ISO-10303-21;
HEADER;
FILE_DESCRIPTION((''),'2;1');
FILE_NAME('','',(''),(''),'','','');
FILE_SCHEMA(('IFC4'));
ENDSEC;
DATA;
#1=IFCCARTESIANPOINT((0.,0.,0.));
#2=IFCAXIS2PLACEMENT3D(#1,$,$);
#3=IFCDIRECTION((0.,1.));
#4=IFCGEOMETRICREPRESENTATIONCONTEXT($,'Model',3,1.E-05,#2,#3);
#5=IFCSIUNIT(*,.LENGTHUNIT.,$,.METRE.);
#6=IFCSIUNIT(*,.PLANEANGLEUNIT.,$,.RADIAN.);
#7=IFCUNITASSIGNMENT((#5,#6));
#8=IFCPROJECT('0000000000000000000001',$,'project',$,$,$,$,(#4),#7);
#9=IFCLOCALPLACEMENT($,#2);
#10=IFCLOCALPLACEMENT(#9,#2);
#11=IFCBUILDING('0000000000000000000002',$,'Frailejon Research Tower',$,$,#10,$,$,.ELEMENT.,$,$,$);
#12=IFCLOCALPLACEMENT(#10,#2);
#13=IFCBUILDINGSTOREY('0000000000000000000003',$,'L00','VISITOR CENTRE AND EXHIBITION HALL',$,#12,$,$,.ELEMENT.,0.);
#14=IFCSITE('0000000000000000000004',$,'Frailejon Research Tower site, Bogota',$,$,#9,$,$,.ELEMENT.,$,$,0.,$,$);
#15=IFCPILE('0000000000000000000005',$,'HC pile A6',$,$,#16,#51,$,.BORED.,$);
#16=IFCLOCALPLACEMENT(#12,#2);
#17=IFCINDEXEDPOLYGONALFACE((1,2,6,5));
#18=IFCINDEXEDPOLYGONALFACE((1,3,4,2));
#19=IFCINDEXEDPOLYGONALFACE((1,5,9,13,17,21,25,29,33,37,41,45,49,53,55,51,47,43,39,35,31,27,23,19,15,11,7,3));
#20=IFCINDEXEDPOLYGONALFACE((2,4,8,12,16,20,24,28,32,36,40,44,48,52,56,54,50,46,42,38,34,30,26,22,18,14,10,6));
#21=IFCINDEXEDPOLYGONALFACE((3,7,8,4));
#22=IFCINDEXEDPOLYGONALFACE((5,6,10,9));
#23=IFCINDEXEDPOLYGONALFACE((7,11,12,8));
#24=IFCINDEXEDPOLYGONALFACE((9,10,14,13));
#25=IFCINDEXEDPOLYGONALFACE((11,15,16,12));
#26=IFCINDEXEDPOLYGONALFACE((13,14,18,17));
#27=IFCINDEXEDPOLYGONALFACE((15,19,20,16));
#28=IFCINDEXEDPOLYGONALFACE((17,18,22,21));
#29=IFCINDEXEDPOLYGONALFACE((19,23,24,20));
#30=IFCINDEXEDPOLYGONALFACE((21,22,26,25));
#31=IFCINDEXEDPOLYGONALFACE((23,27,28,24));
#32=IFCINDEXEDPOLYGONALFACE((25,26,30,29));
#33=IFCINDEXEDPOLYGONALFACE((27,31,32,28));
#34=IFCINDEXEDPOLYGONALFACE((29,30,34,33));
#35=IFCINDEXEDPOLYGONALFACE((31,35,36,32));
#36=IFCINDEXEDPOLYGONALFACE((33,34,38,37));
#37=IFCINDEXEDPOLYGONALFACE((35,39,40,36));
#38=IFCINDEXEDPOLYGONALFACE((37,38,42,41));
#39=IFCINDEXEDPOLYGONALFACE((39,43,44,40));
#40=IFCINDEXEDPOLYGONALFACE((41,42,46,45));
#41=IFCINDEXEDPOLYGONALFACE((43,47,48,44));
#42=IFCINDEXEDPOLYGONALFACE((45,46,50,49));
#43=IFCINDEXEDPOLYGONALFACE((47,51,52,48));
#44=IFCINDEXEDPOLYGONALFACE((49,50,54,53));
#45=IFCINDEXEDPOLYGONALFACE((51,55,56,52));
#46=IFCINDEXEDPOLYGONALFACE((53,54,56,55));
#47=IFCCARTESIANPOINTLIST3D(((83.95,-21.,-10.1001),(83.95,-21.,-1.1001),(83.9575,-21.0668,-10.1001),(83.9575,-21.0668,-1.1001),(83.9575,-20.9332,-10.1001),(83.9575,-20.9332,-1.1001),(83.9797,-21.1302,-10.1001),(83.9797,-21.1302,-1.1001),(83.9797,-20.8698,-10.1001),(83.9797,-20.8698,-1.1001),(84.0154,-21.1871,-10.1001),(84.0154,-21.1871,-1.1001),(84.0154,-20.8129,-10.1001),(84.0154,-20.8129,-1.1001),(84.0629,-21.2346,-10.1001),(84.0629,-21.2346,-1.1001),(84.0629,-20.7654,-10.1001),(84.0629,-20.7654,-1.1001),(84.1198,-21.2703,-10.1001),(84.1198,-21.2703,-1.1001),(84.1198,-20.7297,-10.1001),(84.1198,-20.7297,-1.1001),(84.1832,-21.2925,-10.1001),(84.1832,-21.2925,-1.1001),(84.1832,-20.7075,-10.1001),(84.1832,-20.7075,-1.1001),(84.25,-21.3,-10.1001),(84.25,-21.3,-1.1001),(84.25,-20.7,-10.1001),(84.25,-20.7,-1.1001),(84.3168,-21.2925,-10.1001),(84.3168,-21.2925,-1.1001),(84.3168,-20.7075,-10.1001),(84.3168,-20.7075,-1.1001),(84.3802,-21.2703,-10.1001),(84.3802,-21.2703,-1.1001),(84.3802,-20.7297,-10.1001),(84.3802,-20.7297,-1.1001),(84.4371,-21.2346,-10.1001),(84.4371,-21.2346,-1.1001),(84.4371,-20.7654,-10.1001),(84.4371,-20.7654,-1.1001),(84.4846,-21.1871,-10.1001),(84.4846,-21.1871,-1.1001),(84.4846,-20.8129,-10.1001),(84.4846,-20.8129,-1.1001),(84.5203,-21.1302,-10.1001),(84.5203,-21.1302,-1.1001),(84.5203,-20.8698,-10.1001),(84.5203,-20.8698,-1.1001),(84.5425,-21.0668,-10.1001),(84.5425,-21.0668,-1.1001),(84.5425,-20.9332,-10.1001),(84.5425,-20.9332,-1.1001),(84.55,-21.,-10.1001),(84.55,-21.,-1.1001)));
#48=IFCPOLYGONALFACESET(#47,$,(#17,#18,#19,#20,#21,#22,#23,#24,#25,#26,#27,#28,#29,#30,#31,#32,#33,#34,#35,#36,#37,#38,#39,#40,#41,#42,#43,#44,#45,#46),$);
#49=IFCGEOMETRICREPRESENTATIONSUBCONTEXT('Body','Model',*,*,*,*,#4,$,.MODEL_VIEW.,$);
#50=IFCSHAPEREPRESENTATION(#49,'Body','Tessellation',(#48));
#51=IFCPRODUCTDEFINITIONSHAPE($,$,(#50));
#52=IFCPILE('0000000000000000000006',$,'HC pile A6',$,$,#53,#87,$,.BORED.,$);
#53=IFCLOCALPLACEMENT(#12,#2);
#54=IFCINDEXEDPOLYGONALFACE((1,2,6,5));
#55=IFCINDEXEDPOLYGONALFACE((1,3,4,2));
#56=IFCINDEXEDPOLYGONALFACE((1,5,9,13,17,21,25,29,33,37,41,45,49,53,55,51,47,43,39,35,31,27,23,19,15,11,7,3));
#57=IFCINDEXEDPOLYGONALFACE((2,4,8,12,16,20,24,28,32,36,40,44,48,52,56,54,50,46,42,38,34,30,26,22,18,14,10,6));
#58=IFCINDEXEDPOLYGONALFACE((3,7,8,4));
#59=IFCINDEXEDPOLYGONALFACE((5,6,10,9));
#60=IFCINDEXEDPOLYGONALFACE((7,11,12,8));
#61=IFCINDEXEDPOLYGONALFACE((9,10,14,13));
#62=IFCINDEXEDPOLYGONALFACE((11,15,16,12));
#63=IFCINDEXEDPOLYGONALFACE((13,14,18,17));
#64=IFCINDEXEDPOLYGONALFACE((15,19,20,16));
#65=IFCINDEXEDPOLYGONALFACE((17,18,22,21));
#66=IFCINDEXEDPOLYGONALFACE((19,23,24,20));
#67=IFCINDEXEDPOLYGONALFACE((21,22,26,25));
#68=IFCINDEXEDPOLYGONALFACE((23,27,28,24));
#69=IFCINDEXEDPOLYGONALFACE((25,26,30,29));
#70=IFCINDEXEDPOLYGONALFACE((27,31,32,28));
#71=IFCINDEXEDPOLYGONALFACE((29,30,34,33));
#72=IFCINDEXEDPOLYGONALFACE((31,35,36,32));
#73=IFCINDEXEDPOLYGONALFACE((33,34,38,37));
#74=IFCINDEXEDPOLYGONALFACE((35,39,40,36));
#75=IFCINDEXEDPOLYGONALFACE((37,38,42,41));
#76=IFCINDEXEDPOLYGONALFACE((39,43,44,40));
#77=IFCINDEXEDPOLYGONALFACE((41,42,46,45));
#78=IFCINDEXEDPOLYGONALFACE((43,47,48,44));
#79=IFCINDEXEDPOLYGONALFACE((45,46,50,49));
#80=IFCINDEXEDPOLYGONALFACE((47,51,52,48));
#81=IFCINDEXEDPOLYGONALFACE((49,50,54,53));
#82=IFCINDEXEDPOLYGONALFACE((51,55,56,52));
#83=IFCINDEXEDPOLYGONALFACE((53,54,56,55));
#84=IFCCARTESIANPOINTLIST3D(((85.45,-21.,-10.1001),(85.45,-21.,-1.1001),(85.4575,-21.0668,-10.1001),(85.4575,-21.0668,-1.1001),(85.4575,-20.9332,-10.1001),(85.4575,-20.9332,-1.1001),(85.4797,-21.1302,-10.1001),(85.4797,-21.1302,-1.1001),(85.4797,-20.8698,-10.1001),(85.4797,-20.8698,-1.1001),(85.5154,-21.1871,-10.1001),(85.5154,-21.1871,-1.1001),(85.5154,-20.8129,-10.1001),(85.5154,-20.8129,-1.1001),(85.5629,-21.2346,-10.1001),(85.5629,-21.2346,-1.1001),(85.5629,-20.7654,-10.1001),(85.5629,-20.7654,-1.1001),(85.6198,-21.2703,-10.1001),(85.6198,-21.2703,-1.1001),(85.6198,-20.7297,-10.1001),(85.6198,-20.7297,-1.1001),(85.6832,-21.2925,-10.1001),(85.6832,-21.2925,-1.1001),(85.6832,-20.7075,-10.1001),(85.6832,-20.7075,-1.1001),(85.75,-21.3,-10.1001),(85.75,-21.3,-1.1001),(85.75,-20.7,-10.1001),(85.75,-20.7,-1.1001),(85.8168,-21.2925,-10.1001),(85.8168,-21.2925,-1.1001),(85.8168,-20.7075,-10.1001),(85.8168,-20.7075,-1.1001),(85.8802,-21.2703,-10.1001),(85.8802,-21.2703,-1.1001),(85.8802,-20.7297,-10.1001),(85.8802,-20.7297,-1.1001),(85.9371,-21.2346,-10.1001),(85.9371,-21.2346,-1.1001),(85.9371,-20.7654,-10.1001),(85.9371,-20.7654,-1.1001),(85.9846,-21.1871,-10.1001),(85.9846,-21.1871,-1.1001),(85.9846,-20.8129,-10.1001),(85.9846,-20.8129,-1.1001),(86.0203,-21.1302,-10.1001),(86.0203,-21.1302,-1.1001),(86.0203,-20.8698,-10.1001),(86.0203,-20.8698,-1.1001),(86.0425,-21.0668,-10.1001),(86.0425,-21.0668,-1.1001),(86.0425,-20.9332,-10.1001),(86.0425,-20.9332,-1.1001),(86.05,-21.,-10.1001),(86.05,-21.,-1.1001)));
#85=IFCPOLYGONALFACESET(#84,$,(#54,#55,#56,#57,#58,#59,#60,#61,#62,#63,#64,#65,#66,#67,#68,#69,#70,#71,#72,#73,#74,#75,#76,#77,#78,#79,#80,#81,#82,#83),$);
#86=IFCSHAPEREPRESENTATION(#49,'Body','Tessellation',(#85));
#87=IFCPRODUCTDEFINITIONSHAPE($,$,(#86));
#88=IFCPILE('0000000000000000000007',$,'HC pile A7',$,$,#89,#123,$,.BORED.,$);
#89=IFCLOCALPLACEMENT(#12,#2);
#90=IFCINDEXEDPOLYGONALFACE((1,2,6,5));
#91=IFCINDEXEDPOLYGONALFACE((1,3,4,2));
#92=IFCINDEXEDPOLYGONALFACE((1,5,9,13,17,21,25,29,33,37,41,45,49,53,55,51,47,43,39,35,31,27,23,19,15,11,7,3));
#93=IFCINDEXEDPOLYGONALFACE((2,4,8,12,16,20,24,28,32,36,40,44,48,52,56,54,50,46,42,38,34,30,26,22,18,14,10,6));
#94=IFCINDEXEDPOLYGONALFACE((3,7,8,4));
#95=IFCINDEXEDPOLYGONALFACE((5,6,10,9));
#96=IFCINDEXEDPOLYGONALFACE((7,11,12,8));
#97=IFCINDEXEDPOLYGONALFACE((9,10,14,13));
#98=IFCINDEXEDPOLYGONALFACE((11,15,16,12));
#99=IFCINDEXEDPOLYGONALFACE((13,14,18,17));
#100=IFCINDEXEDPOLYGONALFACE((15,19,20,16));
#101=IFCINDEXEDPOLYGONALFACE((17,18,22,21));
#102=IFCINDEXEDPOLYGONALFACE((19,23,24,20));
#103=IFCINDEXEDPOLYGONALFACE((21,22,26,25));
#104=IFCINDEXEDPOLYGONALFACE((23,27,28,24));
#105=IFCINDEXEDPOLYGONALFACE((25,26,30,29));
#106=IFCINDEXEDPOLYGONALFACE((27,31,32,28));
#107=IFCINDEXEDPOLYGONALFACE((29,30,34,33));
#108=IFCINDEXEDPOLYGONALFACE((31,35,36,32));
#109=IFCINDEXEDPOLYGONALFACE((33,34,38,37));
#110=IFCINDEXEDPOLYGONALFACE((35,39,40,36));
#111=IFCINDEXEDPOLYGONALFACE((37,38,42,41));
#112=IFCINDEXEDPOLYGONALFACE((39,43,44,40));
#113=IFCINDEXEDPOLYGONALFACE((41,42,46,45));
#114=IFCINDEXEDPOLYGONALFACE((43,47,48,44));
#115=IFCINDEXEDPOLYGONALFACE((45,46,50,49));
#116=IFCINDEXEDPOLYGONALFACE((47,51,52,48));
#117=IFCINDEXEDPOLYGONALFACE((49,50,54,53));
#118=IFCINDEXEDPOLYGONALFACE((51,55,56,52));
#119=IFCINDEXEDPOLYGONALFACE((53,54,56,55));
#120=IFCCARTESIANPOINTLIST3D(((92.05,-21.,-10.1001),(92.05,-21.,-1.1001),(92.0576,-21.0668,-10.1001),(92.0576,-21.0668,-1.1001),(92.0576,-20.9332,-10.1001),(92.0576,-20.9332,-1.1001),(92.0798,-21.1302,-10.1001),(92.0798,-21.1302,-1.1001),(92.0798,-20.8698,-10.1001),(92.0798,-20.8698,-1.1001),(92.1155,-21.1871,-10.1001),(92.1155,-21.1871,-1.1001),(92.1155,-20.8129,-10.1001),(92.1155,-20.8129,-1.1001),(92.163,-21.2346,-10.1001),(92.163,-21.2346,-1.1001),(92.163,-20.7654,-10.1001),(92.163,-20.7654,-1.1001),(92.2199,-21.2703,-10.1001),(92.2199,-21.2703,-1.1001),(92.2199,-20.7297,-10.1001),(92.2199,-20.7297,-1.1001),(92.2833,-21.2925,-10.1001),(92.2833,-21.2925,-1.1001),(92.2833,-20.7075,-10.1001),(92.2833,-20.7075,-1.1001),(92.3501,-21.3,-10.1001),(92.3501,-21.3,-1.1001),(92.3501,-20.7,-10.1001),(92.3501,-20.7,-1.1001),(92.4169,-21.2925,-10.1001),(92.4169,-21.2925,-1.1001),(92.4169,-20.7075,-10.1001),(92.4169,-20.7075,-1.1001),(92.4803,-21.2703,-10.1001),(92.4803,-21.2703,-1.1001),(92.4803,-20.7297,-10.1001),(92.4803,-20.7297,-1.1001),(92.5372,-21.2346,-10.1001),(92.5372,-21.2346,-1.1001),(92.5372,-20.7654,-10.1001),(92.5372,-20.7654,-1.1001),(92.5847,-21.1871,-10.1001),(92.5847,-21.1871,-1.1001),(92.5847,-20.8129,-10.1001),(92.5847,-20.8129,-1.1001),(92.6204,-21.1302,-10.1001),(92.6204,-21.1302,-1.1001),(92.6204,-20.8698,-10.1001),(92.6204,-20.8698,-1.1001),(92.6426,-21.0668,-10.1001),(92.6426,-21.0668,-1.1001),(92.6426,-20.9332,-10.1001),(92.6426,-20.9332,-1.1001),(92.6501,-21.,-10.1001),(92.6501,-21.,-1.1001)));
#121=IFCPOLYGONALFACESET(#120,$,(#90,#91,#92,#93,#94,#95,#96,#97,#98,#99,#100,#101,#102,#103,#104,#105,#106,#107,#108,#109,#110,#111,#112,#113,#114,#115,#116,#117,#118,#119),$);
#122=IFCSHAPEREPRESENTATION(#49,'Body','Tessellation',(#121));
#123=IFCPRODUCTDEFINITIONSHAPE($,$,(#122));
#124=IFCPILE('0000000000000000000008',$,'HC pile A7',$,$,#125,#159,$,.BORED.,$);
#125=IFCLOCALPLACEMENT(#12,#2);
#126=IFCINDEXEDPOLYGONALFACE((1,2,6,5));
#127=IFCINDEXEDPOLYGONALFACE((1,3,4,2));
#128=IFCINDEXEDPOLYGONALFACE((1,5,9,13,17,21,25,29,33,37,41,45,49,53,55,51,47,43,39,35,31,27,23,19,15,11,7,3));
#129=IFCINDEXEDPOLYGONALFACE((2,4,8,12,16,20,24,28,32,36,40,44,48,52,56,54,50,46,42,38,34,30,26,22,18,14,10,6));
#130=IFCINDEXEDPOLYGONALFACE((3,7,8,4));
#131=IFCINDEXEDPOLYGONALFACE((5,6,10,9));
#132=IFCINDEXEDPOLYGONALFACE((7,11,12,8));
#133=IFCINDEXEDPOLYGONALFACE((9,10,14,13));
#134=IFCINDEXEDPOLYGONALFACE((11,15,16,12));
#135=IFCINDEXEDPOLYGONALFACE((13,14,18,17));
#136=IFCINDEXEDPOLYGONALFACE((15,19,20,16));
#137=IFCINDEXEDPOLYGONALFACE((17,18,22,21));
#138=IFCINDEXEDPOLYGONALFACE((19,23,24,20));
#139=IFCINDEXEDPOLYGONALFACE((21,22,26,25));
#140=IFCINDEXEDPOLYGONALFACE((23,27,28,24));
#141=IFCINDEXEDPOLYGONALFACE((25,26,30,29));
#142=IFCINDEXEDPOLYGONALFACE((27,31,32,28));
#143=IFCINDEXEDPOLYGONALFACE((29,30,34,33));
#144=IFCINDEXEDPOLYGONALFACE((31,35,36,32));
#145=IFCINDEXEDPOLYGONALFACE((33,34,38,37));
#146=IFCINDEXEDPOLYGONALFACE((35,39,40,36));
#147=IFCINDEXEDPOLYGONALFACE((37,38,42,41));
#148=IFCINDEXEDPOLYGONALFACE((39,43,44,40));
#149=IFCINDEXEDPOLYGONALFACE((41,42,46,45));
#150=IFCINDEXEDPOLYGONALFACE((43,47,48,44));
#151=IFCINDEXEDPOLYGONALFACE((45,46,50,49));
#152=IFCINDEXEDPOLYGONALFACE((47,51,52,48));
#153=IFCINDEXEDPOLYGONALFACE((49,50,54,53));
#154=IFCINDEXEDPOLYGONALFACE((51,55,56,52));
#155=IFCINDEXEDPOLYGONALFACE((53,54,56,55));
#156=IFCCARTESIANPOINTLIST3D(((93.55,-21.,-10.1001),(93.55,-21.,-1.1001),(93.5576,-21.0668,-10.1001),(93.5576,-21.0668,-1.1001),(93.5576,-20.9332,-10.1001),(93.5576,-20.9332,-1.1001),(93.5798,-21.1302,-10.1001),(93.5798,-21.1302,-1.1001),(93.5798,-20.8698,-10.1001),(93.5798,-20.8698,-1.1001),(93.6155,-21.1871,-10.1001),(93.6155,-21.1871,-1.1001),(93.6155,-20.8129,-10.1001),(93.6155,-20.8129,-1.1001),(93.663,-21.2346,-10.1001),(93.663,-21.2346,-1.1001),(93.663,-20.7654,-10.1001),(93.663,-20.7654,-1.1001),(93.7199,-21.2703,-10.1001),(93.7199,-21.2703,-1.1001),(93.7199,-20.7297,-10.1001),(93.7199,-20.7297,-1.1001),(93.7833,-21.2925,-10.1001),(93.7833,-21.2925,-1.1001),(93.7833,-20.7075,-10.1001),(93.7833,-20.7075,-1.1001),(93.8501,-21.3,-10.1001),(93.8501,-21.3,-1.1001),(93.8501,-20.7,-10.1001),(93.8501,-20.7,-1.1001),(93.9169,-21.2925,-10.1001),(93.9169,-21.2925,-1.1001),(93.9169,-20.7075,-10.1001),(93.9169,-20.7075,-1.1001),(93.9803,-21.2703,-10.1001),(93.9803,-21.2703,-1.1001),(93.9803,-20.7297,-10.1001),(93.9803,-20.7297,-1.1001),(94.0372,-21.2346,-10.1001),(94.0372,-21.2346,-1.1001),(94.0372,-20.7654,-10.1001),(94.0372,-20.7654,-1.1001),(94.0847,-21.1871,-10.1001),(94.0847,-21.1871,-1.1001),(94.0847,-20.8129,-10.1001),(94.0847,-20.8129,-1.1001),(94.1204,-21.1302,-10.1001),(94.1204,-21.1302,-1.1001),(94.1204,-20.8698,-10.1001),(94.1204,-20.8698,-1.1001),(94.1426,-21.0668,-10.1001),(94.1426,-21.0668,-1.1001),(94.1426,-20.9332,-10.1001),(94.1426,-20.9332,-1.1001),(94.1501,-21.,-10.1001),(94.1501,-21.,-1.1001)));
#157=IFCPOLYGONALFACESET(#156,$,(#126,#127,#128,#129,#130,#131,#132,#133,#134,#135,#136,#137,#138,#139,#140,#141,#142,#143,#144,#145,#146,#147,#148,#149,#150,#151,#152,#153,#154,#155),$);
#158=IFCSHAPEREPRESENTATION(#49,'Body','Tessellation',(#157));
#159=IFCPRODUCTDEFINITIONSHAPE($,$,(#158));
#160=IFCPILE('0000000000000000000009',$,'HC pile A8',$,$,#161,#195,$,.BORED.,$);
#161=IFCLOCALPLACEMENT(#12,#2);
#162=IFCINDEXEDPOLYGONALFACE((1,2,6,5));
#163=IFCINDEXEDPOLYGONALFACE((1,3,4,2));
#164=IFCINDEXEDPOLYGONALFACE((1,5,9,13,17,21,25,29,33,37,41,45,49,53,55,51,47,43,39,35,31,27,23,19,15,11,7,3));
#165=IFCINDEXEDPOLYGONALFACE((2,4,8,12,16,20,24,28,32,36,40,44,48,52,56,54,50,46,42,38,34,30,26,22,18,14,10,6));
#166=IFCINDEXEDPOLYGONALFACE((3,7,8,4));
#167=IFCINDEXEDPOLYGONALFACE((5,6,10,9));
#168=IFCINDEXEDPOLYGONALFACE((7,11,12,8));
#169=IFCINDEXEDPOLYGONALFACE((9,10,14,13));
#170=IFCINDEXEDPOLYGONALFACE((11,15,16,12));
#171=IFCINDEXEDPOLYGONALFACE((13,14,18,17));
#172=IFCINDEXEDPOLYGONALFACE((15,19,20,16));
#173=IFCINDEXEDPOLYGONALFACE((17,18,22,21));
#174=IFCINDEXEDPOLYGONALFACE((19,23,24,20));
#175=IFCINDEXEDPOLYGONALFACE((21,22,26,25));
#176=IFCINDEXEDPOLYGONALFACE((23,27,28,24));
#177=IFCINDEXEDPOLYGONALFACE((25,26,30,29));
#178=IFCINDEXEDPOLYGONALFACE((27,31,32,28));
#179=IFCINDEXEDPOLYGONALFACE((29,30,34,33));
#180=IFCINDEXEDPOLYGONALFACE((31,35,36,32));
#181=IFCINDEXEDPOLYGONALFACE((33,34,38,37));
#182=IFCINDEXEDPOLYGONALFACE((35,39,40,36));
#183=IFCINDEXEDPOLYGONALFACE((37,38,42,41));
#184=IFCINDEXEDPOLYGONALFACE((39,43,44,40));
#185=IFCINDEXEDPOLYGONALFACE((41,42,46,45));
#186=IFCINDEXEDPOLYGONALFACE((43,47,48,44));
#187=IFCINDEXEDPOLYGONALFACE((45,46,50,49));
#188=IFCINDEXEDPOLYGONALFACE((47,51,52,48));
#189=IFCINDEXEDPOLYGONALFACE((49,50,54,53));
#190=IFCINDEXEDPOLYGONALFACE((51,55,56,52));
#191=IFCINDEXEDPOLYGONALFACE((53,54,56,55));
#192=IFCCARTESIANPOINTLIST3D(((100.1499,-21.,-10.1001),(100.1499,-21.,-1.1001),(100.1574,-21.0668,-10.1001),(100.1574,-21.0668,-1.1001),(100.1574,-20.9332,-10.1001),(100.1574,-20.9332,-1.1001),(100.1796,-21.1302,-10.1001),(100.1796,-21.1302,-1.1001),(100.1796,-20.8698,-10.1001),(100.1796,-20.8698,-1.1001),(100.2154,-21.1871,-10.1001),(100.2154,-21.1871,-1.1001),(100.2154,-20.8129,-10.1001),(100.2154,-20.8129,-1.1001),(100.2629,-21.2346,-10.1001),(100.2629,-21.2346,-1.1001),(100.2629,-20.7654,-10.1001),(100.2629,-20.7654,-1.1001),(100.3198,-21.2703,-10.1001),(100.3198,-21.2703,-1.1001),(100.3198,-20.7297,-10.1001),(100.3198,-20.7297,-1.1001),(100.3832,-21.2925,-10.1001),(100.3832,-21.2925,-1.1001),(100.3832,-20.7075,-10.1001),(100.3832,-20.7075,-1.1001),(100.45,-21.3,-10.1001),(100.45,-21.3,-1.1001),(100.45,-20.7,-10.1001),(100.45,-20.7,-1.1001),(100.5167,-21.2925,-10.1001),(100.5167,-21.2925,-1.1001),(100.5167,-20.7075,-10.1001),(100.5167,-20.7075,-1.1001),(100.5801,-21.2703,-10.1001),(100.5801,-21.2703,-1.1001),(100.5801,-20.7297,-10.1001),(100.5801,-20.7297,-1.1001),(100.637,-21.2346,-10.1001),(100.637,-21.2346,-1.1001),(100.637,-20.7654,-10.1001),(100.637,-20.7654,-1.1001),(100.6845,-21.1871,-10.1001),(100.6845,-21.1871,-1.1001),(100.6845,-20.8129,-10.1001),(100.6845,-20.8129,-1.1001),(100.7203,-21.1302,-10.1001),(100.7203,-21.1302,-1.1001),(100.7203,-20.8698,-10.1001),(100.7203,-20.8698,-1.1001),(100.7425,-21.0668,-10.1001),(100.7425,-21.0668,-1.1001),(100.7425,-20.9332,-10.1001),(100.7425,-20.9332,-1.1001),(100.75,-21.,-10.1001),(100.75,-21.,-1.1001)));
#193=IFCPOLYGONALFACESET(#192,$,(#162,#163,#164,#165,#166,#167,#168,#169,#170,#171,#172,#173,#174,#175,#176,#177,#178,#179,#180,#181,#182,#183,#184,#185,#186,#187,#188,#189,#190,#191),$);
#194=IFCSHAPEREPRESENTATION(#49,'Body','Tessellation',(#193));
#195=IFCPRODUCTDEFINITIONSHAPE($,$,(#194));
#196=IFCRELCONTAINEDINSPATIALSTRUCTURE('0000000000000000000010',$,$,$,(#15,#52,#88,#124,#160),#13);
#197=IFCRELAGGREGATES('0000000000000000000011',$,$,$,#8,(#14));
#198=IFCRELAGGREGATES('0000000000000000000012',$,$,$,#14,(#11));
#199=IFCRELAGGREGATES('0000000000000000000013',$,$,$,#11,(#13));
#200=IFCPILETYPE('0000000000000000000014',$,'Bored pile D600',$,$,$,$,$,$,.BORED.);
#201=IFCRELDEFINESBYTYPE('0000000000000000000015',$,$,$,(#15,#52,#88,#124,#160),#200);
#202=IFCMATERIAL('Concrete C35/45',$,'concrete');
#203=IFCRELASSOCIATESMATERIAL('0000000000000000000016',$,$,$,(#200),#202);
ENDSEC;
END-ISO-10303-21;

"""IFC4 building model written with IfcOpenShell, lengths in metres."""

from ifc_helpers import new_model, si_unit, direction, frame, origin, origin_2d, place, context, subcontext, project, spatial, circle, extrude, material, material_profile, profile_set, type_object, element, save


model = new_model("IFC4")

# Units and contexts
model_context = context("Model", 3, precision=1e-05, world=origin(), true_north=direction((0.0, 1.0)))
body_context = subcontext(model_context, "Body", "Model", "MODEL_VIEW")
ifc_project = project(units=[si_unit("LENGTHUNIT", "METRE"), si_unit("PLANEANGLEUNIT", "RADIAN")], contexts=[model_context])

# Site, building, storey
site_placement = place(None, origin())
site = spatial("IfcSite", under=ifc_project, at=site_placement, Name="Frailejon Research Tower site, Bogota", CompositionType="ELEMENT", RefElevation=0.0)
building_placement = place(site_placement, origin())
building = spatial("IfcBuilding", under=site, at=building_placement, Name="Frailejon Research Tower", CompositionType="ELEMENT")
storey_placement = place(building_placement, origin())
storey = spatial("IfcBuildingStorey", under=building, at=storey_placement, Name="L00", Description="VISITOR CENTRE AND EXHIBITION HALL", CompositionType="ELEMENT", Elevation=0.0)

# Piles
ifc_material = material(Name="Concrete C35/45", Category="concrete")
ifc_material_profile = material_profile(ifc_material, circle(Radius=0.3, at=origin_2d()), Name="Bored pile D600")
ifc_profile_set = profile_set([ifc_material_profile], Name="Concrete C35/45")
pile_type = type_object("IfcPileType", Name="Bored pile D600", PredefinedType="BORED", material=ifc_profile_set)
for number, where, z_axis, x_axis, name in (
    (1, (84.25, -21.0, -1.1001), (0.0, 0.0, -1.0), (1.0, 0.0, 0.0), "HC pile A6"),
    (2, (85.75, -21.0, -1.1001), (0.0, 0.0, -1.0), (1.0, 0.0, 0.0), "HC pile A6"),
    (3, (92.3501, -21.0, -1.1001), (0.0, 0.0, -1.0), (1.0, 0.0, 0.0), "HC pile A7"),
    (4, (93.8501, -21.0, -1.1001), (0.0, 0.0, -1.0), (1.0, 0.0, 0.0), "HC pile A7"),
    (5, (100.45, -21.0, -1.1001), (0.0, 0.0, -1.0), (1.0, 0.0, 0.0), "HC pile A8"),
):
    element("IfcPile", number, at=place(storey_placement, frame(where, z_axis=z_axis, x_axis=x_axis)), inside=storey, type_object=pile_type, Name=name, PredefinedType="BORED", context=body_context, shape_type="SweptSolid", body=[
        extrude(circle(Radius=0.3, at=origin_2d()), origin(), (0.0, 0.0, 1.0), 9.0),
    ])

save(model, "model.ifc")
